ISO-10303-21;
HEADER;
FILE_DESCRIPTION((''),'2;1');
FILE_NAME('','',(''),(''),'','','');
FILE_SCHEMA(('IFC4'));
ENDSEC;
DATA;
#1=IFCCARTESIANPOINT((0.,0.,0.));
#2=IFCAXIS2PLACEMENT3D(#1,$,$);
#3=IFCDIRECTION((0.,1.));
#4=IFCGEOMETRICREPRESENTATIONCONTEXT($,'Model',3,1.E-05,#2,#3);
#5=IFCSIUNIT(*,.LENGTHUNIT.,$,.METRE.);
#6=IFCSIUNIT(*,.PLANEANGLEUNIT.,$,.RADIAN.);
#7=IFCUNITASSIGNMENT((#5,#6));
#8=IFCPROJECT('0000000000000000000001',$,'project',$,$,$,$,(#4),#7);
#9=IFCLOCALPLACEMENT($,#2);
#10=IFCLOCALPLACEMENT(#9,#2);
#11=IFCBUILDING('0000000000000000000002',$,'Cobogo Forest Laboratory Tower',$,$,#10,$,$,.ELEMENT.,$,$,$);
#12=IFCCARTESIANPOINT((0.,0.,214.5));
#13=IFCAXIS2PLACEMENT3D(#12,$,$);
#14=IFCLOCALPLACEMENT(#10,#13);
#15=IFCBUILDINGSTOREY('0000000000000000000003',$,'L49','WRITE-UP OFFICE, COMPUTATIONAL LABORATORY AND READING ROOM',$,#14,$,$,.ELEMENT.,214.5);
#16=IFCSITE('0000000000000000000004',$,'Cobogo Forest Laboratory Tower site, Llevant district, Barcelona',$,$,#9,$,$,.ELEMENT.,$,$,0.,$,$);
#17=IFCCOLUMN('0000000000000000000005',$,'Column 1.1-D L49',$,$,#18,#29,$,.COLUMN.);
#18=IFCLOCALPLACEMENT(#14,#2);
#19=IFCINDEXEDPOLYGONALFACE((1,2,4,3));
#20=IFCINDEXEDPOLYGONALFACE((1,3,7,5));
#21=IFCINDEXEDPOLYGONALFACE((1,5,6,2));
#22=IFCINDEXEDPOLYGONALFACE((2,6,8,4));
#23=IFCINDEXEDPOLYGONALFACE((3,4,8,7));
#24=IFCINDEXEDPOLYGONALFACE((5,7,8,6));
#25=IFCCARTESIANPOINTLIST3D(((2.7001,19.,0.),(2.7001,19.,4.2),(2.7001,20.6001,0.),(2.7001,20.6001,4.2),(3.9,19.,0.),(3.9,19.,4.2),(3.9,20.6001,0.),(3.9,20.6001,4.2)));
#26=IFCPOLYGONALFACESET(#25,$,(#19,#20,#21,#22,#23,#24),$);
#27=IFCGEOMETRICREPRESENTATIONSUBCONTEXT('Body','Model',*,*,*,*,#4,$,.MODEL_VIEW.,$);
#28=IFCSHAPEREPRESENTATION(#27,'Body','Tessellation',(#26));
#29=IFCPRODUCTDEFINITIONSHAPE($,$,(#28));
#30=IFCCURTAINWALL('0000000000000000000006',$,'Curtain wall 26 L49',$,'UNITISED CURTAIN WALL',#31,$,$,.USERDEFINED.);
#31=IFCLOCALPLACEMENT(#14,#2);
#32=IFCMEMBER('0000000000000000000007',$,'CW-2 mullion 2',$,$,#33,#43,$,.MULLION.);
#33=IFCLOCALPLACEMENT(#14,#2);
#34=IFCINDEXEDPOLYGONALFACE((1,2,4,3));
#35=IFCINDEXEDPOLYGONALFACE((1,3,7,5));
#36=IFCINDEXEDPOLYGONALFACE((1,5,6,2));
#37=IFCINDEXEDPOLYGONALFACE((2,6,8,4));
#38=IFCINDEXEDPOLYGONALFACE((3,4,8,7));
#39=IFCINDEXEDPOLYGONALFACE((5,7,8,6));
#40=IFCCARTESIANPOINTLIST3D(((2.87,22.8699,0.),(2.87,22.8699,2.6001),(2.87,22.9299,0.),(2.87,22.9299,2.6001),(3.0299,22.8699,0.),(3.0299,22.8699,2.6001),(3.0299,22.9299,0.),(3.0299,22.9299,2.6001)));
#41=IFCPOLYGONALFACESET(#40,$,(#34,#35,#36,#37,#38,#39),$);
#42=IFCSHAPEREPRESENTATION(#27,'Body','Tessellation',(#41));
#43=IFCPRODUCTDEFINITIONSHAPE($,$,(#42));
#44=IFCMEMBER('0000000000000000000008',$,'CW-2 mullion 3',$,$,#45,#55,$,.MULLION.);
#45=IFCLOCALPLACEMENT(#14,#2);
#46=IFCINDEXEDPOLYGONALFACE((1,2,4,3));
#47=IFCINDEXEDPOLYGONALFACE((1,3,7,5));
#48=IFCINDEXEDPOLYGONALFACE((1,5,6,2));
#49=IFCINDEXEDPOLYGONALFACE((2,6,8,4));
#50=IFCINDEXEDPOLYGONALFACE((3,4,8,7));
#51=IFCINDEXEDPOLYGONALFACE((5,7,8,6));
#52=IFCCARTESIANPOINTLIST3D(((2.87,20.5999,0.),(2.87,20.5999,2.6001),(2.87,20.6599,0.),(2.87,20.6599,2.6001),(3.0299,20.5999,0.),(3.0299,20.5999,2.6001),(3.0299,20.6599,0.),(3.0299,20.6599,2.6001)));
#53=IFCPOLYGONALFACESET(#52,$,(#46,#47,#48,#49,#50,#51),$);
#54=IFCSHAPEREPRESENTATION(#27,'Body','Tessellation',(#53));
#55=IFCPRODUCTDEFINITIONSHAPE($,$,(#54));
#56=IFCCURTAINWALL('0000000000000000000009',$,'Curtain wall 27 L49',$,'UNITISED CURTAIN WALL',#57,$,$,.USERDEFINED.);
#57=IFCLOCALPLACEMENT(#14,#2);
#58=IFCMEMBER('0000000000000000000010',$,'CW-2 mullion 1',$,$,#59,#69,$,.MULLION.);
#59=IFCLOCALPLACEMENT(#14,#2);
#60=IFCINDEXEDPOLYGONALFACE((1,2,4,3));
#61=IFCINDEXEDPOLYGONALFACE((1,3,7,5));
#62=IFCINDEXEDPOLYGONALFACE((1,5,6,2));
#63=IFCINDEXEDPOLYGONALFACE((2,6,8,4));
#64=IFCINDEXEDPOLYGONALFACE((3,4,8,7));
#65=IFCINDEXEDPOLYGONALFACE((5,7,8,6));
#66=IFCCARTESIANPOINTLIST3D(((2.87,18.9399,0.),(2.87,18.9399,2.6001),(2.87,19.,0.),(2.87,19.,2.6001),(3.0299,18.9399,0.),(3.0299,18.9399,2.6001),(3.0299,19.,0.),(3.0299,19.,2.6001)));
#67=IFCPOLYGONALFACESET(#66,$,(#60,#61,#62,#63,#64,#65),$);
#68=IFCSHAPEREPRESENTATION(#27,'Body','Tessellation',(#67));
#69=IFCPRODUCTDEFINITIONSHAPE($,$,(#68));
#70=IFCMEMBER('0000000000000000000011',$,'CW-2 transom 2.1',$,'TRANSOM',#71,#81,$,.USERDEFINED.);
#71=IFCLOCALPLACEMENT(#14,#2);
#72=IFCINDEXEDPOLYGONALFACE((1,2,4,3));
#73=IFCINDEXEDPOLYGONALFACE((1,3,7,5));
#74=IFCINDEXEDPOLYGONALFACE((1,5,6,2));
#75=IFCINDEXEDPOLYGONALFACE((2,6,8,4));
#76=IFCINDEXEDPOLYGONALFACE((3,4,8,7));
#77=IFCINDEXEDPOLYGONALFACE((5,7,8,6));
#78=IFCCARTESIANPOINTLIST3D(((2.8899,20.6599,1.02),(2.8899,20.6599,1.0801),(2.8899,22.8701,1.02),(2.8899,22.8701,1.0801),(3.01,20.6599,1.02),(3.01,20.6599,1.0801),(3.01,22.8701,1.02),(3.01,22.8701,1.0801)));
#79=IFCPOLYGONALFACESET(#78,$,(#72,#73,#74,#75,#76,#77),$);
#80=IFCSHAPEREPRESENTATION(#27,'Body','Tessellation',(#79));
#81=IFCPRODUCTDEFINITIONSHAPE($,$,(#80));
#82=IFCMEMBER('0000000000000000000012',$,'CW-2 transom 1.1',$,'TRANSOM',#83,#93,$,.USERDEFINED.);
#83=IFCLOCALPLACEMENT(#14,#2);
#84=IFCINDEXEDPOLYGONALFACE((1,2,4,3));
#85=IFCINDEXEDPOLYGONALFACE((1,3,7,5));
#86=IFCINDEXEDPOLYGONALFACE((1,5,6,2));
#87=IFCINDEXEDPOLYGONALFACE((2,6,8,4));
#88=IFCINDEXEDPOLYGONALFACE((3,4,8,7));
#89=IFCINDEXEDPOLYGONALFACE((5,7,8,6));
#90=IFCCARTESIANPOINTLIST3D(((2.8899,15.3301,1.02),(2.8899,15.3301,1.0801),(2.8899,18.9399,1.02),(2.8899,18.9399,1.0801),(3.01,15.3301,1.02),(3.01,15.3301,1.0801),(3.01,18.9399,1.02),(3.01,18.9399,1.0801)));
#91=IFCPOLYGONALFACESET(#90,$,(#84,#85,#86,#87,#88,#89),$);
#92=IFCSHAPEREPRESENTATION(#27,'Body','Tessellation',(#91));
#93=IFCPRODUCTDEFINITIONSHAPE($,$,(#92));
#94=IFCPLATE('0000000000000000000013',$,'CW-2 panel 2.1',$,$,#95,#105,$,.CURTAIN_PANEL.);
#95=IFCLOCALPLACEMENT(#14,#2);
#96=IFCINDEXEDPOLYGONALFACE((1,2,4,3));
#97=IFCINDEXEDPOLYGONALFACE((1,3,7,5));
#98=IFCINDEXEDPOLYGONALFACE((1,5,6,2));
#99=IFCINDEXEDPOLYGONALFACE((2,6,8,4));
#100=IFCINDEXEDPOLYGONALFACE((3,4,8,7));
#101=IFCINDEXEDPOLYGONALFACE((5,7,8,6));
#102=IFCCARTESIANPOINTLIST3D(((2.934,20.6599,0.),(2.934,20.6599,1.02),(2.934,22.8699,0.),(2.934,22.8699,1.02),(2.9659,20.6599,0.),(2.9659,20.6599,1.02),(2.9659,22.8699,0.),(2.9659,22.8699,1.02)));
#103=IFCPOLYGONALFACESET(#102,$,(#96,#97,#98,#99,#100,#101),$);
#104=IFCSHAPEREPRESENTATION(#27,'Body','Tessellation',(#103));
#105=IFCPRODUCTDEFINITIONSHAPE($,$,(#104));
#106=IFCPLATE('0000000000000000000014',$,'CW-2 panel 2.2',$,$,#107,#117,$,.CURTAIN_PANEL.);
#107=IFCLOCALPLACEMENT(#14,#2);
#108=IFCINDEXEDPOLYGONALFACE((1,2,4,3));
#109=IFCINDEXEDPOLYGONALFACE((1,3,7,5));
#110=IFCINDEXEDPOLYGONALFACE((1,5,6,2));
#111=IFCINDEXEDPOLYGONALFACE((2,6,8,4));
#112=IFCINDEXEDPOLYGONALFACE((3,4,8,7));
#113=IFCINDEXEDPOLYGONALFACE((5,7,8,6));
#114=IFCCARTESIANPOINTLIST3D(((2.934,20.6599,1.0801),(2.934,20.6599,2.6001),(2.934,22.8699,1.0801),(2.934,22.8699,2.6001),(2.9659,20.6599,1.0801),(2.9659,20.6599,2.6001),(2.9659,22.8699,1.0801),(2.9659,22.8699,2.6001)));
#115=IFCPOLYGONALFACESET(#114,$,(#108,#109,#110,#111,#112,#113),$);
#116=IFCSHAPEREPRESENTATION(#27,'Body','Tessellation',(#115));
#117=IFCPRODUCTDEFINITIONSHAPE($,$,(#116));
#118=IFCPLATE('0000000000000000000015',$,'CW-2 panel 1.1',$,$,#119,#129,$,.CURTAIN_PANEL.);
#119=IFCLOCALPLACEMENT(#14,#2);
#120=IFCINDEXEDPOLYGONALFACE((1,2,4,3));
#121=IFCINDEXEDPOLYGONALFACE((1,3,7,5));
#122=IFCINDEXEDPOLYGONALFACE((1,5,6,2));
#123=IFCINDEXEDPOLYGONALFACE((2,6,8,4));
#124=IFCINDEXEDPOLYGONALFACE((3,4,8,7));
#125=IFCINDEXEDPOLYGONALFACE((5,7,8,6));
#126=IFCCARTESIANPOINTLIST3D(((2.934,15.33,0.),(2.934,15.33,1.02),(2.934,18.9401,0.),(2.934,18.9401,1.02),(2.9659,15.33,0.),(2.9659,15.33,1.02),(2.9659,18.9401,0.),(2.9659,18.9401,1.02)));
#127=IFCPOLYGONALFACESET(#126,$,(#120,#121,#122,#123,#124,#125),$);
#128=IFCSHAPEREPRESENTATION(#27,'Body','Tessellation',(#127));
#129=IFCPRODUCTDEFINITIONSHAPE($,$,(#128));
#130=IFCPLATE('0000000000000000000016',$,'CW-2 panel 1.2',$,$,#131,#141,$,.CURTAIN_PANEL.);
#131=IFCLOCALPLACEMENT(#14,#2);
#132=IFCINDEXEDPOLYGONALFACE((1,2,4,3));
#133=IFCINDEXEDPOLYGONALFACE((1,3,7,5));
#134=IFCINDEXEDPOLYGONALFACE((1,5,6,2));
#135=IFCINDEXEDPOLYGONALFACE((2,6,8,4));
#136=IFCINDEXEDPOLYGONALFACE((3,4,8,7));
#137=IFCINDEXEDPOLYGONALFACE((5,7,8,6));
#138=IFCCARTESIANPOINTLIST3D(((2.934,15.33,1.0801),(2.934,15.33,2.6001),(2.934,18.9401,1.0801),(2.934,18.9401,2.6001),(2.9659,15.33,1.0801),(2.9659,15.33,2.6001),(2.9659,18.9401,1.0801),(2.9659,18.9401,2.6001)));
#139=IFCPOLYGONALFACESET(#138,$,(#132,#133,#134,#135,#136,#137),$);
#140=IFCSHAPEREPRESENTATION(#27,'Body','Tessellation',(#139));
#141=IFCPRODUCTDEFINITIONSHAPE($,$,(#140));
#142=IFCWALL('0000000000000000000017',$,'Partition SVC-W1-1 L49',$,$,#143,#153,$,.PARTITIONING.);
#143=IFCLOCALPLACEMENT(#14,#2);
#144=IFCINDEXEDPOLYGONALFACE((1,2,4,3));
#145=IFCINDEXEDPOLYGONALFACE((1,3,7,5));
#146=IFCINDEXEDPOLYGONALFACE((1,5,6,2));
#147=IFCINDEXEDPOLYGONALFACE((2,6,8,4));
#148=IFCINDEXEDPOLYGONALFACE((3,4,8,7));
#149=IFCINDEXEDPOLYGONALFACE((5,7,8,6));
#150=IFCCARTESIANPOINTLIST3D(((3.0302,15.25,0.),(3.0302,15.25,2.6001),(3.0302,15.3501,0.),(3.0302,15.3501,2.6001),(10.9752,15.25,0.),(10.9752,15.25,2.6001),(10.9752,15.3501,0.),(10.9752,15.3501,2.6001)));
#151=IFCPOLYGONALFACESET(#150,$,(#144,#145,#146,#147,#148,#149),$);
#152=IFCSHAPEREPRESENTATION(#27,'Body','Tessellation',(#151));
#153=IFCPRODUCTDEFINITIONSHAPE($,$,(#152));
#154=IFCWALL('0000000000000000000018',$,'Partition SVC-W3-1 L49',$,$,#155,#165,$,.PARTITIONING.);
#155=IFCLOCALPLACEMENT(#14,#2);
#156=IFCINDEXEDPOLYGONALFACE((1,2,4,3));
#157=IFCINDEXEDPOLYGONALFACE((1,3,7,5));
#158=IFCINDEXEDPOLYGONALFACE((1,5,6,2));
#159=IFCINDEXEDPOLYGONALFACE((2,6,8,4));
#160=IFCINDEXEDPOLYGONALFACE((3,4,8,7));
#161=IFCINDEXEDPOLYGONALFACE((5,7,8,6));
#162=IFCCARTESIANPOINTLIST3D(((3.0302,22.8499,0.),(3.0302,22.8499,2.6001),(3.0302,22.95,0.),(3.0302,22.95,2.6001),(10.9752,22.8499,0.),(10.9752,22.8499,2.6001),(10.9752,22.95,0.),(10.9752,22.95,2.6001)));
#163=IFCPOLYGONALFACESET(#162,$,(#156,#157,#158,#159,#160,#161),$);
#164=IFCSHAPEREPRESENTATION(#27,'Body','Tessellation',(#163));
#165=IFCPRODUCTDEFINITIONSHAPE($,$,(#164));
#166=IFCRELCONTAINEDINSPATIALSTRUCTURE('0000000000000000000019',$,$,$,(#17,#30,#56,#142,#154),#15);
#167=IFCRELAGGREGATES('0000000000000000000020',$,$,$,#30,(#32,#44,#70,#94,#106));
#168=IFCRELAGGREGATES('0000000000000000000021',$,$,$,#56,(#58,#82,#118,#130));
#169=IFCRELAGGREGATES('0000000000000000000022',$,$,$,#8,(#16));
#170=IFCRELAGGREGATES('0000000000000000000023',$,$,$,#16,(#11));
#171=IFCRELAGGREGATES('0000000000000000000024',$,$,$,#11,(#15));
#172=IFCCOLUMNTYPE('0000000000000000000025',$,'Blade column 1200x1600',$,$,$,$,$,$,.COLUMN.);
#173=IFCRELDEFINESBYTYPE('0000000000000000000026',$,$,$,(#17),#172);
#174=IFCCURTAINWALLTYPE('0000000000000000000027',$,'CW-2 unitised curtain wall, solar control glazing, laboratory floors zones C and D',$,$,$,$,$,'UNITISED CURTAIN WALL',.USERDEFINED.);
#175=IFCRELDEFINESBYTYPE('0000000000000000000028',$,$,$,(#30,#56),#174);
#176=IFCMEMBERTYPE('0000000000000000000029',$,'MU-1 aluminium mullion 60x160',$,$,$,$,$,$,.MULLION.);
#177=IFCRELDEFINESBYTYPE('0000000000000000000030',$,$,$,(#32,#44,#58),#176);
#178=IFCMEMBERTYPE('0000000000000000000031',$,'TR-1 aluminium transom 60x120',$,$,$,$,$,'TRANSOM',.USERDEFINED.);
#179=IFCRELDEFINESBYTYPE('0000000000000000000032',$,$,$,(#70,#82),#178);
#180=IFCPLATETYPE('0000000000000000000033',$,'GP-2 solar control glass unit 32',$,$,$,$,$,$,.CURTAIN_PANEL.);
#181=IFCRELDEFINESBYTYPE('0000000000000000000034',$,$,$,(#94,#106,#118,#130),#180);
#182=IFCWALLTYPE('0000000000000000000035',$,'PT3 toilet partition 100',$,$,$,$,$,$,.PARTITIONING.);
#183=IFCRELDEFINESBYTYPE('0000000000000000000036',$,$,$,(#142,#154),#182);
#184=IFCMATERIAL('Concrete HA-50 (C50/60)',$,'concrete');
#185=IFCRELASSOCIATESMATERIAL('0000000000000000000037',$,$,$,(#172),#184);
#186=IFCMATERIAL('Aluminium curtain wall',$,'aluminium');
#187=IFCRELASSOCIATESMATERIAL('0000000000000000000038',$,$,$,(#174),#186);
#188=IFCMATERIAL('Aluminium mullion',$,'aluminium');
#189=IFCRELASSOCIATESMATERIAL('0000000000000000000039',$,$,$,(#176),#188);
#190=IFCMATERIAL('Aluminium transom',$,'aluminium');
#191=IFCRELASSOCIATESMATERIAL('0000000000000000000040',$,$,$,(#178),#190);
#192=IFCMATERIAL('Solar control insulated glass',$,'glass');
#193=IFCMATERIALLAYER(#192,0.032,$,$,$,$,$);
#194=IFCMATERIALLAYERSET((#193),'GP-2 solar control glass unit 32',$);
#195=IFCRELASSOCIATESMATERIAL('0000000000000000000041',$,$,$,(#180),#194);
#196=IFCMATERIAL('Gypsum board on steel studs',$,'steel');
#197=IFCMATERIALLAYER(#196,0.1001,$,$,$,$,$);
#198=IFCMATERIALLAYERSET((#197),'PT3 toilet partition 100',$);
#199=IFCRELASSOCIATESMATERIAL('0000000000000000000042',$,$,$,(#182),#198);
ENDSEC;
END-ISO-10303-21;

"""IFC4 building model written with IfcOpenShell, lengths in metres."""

from ifc_helpers import new_model, si_unit, direction, frame, frame_2d, origin, origin_2d, place, context, subcontext, project, spatial, rectangle, extrude, material, layer, layer_set, material_profile, profile_set, type_object, element, aggregate, save


model = new_model("IFC4")

# Units and contexts
model_context = context("Model", 3, precision=1e-05, world=origin(), true_north=direction((0.0, 1.0)))
body_context = subcontext(model_context, "Body", "Model", "MODEL_VIEW")
ifc_project = project(units=[si_unit("LENGTHUNIT", "METRE"), si_unit("PLANEANGLEUNIT", "RADIAN")], contexts=[model_context])

# Site, building, storey
site_placement = place(None, origin())
site = spatial("IfcSite", under=ifc_project, at=site_placement, Name="Cobogo Forest Laboratory Tower site, Llevant district, Barcelona", CompositionType="ELEMENT", RefElevation=0.0)
building_placement = place(site_placement, origin())
building = spatial("IfcBuilding", under=site, at=building_placement, Name="Cobogo Forest Laboratory Tower", CompositionType="ELEMENT")
storey_placement = place(building_placement, frame((0.0, 0.0, 214.5)))
storey = spatial("IfcBuildingStorey", under=building, at=storey_placement, Name="L49", Description="WRITE-UP OFFICE, COMPUTATIONAL LABORATORY AND READING ROOM", CompositionType="ELEMENT", Elevation=214.5)

# Column
ifc_material_1 = material(Name="Concrete HA-50 (C50/60)", Category="concrete")
ifc_material_profile_1 = material_profile(ifc_material_1, rectangle(XDim=1.6001, YDim=1.2, at=origin_2d()), Name="RC 1200x1600")
ifc_profile_set_1 = profile_set([ifc_material_profile_1], Name="Concrete HA-50 (C50/60)")
column_type = type_object("IfcColumnType", Name="Blade column 1200x1600", PredefinedType="COLUMN", material=ifc_profile_set_1)
column_placement = place(storey_placement, frame((3.3, 19.8, 0.0), z_axis=(0.0, 0.0, 1.0), x_axis=(0.0, 1.0, 0.0)))
element("IfcColumn", 1, at=column_placement, inside=storey, type_object=column_type, Name="Column 1.1-D L49", PredefinedType="COLUMN", context=body_context, shape_type="SweptSolid", body=[
    extrude(rectangle(XDim=1.6001, YDim=1.2, at=origin_2d()), origin(), (0.0, 0.0, 1.0), 4.2),
])

# Curtain wall, members
ifc_material_2 = material(Name="Aluminium curtain wall", Category="aluminium")
curtain_wall_type = type_object("IfcCurtainWallType", Name="CW-2 unitised curtain wall, solar control glazing, laboratory floors zones C and D", ElementType="UNITISED CURTAIN WALL", PredefinedType="USERDEFINED", material=ifc_material_2)
curtain_wall_1_placement = place(storey_placement, origin())
curtain_wall_1 = element("IfcCurtainWall", 2, at=curtain_wall_1_placement, inside=storey, type_object=curtain_wall_type, Name="Curtain wall 26 L49", ObjectType="UNITISED CURTAIN WALL", PredefinedType="USERDEFINED")
ifc_material_3 = material(Name="Aluminium mullion", Category="aluminium")
ifc_material_profile_2 = material_profile(ifc_material_3, rectangle(XDim=0.0601, YDim=0.1599, at=origin_2d()), Name="AL 60x160")
ifc_profile_set_2 = profile_set([ifc_material_profile_2], Name="Aluminium mullion")
member_type_1 = type_object("IfcMemberType", Name="MU-1 aluminium mullion 60x160", PredefinedType="MULLION", material=ifc_profile_set_2)
member_1_placement = place(storey_placement, frame((2.95, 22.8999, 0.0), z_axis=(0.0, 0.0, 1.0), x_axis=(0.0, -1.0, 0.0)))
member_1 = element("IfcMember", 3, at=member_1_placement, type_object=member_type_1, Name="CW-2 mullion 2", PredefinedType="MULLION", context=body_context, shape_type="SweptSolid", body=[
    extrude(rectangle(XDim=0.0601, YDim=0.1599, at=origin_2d()), origin(), (0.0, 0.0, 1.0), 2.6001),
])
member_2_placement = place(storey_placement, frame((2.95, 20.6299, 0.0), z_axis=(0.0, 0.0, 1.0), x_axis=(0.0, -1.0, 0.0)))
member_2 = element("IfcMember", 4, at=member_2_placement, type_object=member_type_1, Name="CW-2 mullion 3", PredefinedType="MULLION", context=body_context, shape_type="SweptSolid", body=[
    extrude(rectangle(XDim=0.0601, YDim=0.1599, at=origin_2d()), origin(), (0.0, 0.0, 1.0), 2.6001),
])

# Curtain wall, member
curtain_wall_2_placement = place(storey_placement, origin())
curtain_wall_2 = element("IfcCurtainWall", 5, at=curtain_wall_2_placement, inside=storey, type_object=curtain_wall_type, Name="Curtain wall 27 L49", ObjectType="UNITISED CURTAIN WALL", PredefinedType="USERDEFINED")
member_3_placement = place(storey_placement, frame((2.95, 18.97, 0.0), z_axis=(0.0, 0.0, 1.0), x_axis=(0.0, -1.0, 0.0)))
member_3 = element("IfcMember", 6, at=member_3_placement, type_object=member_type_1, Name="CW-2 mullion 1", PredefinedType="MULLION", context=body_context, shape_type="SweptSolid", body=[
    extrude(rectangle(XDim=0.0601, YDim=0.1599, at=origin_2d()), origin(), (0.0, 0.0, 1.0), 2.6001),
])

# Members
ifc_material_4 = material(Name="Aluminium transom", Category="aluminium")
ifc_material_profile_3 = material_profile(ifc_material_4, rectangle(XDim=0.1201, YDim=0.0601, at=origin_2d()), Name="AL 60x120")
ifc_profile_set_3 = profile_set([ifc_material_profile_3], Name="Aluminium transom")
member_type_2 = type_object("IfcMemberType", Name="TR-1 aluminium transom 60x120", ElementType="TRANSOM", PredefinedType="USERDEFINED", material=ifc_profile_set_3)
member_4_placement = place(storey_placement, frame((2.95, 22.8701, 1.05), z_axis=(0.0, -1.0, 0.0), x_axis=(1.0, 0.0, 0.0)))
member_4 = element("IfcMember", 7, at=member_4_placement, type_object=member_type_2, Name="CW-2 transom 2.1", ObjectType="TRANSOM", PredefinedType="USERDEFINED", context=body_context, shape_type="SweptSolid", body=[
    extrude(rectangle(XDim=0.1201, YDim=0.0601, at=origin_2d()), origin(), (0.0, 0.0, 1.0), 2.2102),
])
member_5_placement = place(storey_placement, frame((2.95, 18.9399, 1.05), z_axis=(0.0, -1.0, 0.0), x_axis=(1.0, 0.0, 0.0)))
member_5 = element("IfcMember", 8, at=member_5_placement, type_object=member_type_2, Name="CW-2 transom 1.1", ObjectType="TRANSOM", PredefinedType="USERDEFINED", context=body_context, shape_type="SweptSolid", body=[
    extrude(rectangle(XDim=0.1201, YDim=0.0601, at=origin_2d()), origin(), (0.0, 0.0, 1.0), 3.6099),
])

# Plates
ifc_material_5 = material(Name="Solar control insulated glass", Category="glass")
ifc_layer_1 = layer(ifc_material_5, 0.032)
ifc_layer_set_1 = layer_set([ifc_layer_1], Name="GP-2 solar control glass unit 32")
plate_type_1 = type_object("IfcPlateType", Name="GP-2 solar control glass unit 32", PredefinedType="CURTAIN_PANEL", material=ifc_layer_set_1)
plate_1_placement = place(storey_placement, frame((2.95, 21.7649, 0.0), z_axis=(0.0, 0.0, 1.0), x_axis=(0.0, -1.0, 0.0)))
plate_1 = element("IfcPlate", 9, at=plate_1_placement, type_object=plate_type_1, Name="CW-2 panel 2.1", PredefinedType="CURTAIN_PANEL", context=body_context, shape_type="SweptSolid", body=[
    extrude(rectangle(XDim=2.21, YDim=0.032, at=origin_2d()), origin(), (0.0, 0.0, 1.0), 1.02),
])
plate_2_placement = place(storey_placement, frame((2.95, 21.7649, 1.0801), z_axis=(0.0, 0.0, 1.0), x_axis=(0.0, -1.0, 0.0)))
plate_2 = element("IfcPlate", 10, at=plate_2_placement, type_object=plate_type_1, Name="CW-2 panel 2.2", PredefinedType="CURTAIN_PANEL", context=body_context, shape_type="SweptSolid", body=[
    extrude(rectangle(XDim=2.21, YDim=0.032, at=origin_2d()), origin(), (0.0, 0.0, 1.0), 1.52),
])
aggregate(curtain_wall_1, [member_1, member_2, member_4, plate_1, plate_2])
plate_3_placement = place(storey_placement, frame((2.95, 17.135, 0.0), z_axis=(0.0, 0.0, 1.0), x_axis=(0.0, -1.0, 0.0)))
plate_3 = element("IfcPlate", 11, at=plate_3_placement, type_object=plate_type_1, Name="CW-2 panel 1.1", PredefinedType="CURTAIN_PANEL", context=body_context, shape_type="SweptSolid", body=[
    extrude(rectangle(XDim=3.6101, YDim=0.032, at=origin_2d()), origin(), (0.0, 0.0, 1.0), 1.02),
])
plate_4_placement = place(storey_placement, frame((2.95, 17.135, 1.0801), z_axis=(0.0, 0.0, 1.0), x_axis=(0.0, -1.0, 0.0)))
plate_4 = element("IfcPlate", 12, at=plate_4_placement, type_object=plate_type_1, Name="CW-2 panel 1.2", PredefinedType="CURTAIN_PANEL", context=body_context, shape_type="SweptSolid", body=[
    extrude(rectangle(XDim=3.6101, YDim=0.032, at=origin_2d()), origin(), (0.0, 0.0, 1.0), 1.52),
])
aggregate(curtain_wall_2, [member_3, member_5, plate_3, plate_4])

# Walls
ifc_material_6 = material(Name="Gypsum board on steel studs", Category="steel")
ifc_layer_2 = layer(ifc_material_6, 0.1001)
ifc_layer_set_2 = layer_set([ifc_layer_2], Name="PT3 toilet partition 100")
wall_type = type_object("IfcWallType", Name="PT3 toilet partition 100", PredefinedType="PARTITIONING", material=ifc_layer_set_2)
for number, where, z_axis, x_axis, name in (
    (13, (3.03, 15.3, 0.0), (0.0, 0.0, 1.0), (1.0, 0.0, 0.0), "Partition SVC-W1-1 L49"),
    (14, (3.03, 22.8999, 0.0), (0.0, 0.0, 1.0), (1.0, 0.0, 0.0), "Partition SVC-W3-1 L49"),
):
    element("IfcWall", number, at=place(storey_placement, frame(where, z_axis=z_axis, x_axis=x_axis)), inside=storey, type_object=wall_type, Name=name, PredefinedType="PARTITIONING", context=body_context, shape_type="SweptSolid", body=[
        extrude(rectangle(XDim=7.9451, YDim=0.1001, at=frame_2d((3.9727, 0.0))), origin(), (0.0, 0.0, 1.0), 2.6001),
    ])

save(model, "model.ifc")
